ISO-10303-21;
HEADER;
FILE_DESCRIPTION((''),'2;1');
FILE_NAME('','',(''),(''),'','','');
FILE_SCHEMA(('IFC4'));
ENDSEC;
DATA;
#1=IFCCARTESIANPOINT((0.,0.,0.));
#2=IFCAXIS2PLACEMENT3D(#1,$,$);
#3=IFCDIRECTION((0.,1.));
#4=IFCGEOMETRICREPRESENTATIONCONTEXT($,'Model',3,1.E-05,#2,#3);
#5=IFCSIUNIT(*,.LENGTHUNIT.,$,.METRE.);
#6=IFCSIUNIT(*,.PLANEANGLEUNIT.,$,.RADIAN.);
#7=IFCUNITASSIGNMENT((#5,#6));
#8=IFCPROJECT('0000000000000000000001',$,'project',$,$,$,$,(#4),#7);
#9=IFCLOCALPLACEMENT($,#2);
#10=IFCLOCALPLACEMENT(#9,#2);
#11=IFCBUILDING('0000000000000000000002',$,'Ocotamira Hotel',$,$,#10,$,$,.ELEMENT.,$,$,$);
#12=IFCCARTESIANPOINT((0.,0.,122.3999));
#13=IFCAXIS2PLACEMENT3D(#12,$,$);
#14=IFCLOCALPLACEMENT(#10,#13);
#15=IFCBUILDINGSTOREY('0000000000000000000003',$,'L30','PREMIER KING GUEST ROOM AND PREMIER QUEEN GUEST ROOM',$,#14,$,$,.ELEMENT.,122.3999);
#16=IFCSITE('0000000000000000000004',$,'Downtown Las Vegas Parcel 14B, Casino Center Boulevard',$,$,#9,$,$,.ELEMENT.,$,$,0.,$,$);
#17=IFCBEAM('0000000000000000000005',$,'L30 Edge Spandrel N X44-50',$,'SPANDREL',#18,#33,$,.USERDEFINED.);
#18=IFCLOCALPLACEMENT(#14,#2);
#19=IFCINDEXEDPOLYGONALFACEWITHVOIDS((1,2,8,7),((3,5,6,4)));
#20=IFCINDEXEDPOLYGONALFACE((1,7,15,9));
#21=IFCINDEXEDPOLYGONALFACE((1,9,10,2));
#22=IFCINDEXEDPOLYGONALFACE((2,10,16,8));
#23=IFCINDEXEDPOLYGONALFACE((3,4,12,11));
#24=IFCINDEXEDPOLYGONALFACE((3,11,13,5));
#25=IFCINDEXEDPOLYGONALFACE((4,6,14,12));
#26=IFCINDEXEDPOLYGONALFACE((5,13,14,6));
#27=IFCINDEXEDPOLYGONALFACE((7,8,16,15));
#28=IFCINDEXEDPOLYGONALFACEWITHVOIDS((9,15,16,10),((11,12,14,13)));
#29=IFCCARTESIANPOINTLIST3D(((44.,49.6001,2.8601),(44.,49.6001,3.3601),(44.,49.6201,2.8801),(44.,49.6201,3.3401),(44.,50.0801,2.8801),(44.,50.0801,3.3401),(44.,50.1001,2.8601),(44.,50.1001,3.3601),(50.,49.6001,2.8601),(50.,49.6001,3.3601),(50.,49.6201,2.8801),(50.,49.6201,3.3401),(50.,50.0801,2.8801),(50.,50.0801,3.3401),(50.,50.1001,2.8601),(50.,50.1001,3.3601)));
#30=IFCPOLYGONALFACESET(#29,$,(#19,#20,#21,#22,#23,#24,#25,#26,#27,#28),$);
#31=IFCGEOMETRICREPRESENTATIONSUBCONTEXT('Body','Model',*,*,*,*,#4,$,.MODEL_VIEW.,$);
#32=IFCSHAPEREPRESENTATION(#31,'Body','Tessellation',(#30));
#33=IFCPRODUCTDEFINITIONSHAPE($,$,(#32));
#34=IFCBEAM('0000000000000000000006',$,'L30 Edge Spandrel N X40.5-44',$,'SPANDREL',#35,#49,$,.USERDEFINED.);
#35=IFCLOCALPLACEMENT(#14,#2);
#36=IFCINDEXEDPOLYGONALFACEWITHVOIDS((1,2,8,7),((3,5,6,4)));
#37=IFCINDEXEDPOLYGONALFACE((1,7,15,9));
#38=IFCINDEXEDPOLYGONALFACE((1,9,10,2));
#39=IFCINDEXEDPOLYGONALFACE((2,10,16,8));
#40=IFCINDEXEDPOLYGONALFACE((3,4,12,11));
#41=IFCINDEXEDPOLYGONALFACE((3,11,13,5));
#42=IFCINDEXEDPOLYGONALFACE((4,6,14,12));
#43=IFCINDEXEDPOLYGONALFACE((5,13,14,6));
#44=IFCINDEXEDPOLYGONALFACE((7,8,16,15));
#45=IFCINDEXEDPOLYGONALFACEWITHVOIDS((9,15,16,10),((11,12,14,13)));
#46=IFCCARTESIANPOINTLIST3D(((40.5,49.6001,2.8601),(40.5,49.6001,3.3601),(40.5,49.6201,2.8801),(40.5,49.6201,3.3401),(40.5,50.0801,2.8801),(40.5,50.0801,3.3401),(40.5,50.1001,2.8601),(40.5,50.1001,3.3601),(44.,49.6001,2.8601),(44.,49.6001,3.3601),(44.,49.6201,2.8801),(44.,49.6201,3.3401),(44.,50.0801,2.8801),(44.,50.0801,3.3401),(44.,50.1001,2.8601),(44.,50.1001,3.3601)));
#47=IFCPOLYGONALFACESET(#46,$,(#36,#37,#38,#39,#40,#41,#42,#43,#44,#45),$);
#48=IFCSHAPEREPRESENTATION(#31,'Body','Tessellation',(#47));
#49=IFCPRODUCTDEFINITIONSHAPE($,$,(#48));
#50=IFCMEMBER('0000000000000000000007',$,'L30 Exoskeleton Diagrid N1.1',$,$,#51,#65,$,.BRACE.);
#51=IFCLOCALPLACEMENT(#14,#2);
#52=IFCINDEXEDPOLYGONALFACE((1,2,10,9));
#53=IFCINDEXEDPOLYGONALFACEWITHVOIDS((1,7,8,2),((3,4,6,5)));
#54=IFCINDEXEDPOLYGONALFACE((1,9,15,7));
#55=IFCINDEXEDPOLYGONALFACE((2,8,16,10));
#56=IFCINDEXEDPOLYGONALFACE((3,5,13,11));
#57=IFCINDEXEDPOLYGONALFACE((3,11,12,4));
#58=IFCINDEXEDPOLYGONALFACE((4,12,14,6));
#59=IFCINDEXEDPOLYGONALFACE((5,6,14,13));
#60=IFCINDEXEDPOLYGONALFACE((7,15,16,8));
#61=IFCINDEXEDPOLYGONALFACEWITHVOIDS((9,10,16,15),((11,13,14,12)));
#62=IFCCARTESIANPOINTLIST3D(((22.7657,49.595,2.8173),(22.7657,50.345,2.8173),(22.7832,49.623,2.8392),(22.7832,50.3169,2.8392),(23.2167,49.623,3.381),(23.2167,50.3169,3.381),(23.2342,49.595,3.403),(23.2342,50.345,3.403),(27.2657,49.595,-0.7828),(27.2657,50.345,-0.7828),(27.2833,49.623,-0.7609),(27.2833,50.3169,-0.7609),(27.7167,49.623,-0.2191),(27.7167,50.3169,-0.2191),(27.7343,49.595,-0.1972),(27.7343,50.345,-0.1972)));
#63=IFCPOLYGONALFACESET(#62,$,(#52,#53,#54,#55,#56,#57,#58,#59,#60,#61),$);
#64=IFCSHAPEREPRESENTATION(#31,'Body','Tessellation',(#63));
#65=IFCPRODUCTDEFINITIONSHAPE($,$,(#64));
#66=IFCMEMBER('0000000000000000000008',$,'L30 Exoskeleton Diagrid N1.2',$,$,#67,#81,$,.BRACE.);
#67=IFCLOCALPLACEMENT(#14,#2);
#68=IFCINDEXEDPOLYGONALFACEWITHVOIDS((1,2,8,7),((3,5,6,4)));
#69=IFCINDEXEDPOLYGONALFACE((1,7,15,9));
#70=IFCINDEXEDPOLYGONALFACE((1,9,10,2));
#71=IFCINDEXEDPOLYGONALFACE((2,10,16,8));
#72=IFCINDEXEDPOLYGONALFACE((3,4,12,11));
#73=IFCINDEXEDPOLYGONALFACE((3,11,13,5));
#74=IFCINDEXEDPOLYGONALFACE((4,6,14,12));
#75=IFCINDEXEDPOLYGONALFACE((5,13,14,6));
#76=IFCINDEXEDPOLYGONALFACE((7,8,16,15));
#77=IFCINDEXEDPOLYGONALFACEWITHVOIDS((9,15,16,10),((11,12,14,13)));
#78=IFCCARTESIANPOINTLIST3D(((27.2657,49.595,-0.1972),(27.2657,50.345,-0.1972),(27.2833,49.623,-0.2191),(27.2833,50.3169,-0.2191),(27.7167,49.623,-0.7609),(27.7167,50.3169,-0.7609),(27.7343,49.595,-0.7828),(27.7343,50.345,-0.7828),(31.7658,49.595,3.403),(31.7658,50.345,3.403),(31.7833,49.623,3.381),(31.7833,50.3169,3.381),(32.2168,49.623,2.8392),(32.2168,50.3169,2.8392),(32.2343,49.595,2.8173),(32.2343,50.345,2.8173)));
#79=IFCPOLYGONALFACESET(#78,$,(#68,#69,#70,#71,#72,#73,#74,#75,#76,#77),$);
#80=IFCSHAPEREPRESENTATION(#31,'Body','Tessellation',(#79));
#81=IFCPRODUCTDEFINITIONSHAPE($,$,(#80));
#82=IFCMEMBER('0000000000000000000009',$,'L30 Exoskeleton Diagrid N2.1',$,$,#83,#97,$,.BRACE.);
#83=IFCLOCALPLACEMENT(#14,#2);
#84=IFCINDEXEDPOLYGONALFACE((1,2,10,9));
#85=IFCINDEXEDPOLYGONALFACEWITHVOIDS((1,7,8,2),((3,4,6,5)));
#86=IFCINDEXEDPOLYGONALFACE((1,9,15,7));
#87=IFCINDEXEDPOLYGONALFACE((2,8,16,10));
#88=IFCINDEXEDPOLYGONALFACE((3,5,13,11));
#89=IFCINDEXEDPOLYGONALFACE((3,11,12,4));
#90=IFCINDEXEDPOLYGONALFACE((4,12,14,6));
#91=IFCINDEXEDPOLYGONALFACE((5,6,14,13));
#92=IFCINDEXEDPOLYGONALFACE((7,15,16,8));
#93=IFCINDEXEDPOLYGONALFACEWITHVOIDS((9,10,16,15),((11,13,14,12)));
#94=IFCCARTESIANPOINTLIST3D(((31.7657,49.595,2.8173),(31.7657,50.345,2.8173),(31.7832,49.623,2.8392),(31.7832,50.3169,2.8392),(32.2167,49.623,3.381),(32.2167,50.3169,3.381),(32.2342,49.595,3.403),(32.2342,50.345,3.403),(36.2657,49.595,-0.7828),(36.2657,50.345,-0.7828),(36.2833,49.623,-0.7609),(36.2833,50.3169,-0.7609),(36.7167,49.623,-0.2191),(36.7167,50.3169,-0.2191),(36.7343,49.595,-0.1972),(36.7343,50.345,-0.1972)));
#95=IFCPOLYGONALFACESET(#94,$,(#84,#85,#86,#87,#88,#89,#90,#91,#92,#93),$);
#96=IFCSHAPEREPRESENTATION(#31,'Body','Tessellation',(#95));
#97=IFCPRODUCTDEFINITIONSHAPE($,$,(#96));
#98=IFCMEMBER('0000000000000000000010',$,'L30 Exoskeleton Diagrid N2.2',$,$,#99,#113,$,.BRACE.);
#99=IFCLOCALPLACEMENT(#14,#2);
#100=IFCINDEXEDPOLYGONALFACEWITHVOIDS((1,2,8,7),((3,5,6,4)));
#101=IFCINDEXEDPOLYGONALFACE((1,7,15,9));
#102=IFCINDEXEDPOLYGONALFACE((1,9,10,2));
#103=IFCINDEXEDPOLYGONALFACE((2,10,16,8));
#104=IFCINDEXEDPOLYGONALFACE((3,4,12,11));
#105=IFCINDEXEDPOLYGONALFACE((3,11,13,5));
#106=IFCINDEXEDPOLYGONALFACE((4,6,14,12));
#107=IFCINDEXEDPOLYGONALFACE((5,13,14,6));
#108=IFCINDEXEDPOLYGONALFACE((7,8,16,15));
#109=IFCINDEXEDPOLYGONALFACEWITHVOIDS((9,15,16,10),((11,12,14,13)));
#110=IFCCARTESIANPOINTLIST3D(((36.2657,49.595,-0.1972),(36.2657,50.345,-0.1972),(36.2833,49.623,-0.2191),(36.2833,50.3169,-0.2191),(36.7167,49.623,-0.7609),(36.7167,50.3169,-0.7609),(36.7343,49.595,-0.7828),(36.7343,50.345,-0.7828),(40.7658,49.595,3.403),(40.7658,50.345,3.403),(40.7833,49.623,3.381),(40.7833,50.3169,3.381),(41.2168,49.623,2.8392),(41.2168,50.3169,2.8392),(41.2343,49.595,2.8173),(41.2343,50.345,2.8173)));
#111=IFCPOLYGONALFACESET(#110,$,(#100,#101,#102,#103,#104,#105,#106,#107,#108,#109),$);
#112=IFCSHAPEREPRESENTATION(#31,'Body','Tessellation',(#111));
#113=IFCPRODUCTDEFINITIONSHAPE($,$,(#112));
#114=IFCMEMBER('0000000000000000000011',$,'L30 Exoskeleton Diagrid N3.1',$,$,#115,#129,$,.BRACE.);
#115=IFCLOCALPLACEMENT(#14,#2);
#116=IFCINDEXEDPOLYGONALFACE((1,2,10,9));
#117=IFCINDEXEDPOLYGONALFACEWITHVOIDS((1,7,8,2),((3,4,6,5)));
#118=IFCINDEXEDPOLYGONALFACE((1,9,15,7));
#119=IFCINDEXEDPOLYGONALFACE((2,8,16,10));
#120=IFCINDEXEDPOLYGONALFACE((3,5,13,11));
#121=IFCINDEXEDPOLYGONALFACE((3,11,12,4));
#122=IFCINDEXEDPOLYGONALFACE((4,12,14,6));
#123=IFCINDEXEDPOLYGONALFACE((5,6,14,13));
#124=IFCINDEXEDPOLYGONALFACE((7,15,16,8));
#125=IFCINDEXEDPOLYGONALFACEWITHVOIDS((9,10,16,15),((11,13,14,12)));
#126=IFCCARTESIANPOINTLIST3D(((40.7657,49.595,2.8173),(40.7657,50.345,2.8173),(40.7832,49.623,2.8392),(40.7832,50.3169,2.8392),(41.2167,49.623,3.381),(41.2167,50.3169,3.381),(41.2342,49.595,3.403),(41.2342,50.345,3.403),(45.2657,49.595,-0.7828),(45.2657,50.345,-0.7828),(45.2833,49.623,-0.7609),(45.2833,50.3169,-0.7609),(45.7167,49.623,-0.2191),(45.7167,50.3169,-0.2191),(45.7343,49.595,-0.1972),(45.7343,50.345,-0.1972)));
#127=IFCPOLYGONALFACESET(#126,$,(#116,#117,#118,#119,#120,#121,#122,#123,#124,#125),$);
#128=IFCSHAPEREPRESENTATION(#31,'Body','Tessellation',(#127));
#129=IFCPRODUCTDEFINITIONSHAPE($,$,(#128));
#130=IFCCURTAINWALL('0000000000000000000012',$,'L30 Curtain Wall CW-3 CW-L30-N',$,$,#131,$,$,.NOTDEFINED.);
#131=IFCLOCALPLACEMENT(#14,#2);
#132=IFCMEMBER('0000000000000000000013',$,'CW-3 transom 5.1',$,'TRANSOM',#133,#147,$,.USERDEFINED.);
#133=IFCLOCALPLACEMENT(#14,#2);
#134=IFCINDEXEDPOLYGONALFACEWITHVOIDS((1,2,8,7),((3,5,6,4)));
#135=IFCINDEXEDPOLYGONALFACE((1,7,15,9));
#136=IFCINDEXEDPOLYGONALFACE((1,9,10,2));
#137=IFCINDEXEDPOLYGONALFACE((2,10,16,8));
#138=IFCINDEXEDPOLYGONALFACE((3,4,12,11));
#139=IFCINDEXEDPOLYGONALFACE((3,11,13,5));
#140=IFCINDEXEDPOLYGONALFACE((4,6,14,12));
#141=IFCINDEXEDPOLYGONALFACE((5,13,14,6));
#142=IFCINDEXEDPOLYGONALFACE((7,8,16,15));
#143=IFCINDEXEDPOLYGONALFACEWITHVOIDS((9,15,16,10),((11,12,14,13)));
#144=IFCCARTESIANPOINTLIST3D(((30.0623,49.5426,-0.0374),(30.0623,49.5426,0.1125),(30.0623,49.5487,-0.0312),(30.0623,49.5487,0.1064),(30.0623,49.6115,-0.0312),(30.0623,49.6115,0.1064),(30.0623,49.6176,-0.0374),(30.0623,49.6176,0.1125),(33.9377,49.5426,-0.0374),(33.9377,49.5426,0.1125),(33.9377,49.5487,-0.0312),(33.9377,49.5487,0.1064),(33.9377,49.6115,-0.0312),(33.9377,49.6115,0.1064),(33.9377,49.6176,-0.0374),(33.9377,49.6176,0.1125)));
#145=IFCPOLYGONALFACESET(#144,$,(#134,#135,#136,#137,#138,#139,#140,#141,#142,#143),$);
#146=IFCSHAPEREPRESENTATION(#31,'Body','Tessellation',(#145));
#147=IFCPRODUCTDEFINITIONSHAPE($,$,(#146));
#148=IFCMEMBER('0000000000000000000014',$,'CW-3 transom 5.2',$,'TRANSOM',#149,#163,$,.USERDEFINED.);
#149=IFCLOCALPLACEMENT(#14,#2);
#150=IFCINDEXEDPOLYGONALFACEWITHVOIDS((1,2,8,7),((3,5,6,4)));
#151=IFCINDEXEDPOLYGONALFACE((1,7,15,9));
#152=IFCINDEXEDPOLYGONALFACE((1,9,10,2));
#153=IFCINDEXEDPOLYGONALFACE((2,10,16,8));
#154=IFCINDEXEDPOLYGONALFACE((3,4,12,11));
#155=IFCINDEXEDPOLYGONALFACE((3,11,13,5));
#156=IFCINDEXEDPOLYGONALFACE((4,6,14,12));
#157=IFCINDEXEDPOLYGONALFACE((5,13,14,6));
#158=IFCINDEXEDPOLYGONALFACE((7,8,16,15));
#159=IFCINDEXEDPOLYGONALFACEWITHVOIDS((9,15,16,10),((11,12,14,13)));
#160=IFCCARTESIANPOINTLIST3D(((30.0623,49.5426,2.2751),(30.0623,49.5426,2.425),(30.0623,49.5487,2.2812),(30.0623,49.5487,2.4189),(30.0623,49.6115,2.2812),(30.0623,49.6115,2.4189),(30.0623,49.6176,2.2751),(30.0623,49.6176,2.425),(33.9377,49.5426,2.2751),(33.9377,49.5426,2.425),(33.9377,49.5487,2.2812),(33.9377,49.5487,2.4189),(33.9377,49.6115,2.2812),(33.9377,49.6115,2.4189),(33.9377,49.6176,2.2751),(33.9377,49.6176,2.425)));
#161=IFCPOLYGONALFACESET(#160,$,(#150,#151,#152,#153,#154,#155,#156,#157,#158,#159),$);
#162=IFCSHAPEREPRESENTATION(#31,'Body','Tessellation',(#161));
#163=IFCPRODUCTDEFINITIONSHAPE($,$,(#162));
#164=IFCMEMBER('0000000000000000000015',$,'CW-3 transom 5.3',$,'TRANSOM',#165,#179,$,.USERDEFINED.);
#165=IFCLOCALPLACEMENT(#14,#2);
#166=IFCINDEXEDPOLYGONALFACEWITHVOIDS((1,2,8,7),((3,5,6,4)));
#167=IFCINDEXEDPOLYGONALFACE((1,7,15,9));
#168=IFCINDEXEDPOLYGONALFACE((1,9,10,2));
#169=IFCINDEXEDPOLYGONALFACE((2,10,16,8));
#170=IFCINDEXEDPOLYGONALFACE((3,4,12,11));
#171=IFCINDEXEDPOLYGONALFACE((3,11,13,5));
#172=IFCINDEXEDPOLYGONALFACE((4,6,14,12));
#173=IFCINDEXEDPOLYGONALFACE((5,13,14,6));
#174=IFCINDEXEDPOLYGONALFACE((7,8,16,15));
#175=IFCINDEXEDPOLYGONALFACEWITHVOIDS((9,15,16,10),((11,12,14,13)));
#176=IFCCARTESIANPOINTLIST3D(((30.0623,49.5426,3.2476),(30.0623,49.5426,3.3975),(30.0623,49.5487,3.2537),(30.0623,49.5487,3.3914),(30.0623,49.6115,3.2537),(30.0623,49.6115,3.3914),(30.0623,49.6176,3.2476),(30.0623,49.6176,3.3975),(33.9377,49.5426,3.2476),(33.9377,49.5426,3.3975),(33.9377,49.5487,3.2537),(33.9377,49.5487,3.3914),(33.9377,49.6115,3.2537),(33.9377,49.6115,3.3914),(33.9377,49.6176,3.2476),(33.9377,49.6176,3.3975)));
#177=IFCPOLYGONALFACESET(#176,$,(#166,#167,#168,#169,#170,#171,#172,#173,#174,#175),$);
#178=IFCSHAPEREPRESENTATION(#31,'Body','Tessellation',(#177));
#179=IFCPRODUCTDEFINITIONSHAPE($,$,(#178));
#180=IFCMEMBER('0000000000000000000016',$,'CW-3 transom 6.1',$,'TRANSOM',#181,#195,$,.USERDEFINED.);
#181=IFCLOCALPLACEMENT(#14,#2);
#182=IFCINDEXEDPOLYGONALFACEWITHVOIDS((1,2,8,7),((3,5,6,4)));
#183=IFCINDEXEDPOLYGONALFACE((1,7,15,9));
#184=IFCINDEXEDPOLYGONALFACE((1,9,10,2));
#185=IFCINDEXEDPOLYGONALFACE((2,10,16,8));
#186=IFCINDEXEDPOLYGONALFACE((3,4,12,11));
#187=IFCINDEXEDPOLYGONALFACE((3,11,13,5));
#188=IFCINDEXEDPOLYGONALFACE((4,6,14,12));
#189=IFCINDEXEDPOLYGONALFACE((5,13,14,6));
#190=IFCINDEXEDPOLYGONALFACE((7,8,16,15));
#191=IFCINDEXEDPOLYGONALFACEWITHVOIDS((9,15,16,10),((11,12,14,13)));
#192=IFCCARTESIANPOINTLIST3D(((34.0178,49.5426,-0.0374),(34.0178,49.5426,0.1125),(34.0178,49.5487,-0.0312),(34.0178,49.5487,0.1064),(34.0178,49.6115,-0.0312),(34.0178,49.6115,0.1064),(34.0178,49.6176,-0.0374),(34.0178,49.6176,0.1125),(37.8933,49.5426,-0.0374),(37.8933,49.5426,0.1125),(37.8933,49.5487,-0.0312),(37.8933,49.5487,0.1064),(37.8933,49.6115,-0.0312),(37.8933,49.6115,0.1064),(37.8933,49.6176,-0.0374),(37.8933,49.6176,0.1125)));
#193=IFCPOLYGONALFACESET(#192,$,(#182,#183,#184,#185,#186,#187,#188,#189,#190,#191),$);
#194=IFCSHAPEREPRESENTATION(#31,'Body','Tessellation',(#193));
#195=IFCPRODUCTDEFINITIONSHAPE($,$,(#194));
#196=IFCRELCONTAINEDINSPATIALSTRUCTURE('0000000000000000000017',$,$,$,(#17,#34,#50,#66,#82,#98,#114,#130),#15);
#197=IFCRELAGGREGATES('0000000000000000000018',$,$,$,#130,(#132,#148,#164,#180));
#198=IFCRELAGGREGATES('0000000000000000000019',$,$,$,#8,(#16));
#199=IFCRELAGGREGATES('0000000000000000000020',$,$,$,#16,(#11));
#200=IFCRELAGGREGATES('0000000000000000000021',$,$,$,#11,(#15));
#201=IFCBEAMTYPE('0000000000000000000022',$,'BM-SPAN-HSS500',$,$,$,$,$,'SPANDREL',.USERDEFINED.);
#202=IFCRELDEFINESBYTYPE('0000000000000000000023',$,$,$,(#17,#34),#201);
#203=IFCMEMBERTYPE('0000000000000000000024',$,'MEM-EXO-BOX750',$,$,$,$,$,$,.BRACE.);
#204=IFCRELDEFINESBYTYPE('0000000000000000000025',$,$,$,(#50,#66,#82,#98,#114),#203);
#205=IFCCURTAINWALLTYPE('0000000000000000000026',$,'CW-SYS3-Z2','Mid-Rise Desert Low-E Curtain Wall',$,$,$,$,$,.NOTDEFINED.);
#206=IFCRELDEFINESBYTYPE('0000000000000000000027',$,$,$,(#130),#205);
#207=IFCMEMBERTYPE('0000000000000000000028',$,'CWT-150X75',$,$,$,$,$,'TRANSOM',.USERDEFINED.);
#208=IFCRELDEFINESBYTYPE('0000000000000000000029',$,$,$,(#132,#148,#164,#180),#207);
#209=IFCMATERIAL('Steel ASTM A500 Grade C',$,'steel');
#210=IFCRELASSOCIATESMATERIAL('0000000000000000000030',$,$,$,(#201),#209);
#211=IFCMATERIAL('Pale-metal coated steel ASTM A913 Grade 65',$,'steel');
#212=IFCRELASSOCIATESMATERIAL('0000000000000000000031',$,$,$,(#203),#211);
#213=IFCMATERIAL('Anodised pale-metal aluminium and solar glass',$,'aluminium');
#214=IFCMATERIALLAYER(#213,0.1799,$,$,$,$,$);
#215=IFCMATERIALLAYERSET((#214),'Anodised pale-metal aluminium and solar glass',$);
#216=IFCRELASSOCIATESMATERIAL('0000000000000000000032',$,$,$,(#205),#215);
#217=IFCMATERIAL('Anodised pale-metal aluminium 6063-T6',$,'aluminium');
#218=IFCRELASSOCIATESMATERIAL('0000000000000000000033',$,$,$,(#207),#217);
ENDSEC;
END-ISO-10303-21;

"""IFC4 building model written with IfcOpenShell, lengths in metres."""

from ifc_helpers import new_model, si_unit, direction, frame, origin, origin_2d, place, context, subcontext, project, spatial, hollow_rectangle, extrude, source, transform, mapped, material, layer, layer_set, material_profile, profile_set, type_object, element, aggregate, save


model = new_model("IFC4")

# Units and contexts
model_context = context("Model", 3, precision=1e-05, world=origin(), true_north=direction((0.0, 1.0)))
body_context = subcontext(model_context, "Body", "Model", "MODEL_VIEW")
ifc_project = project(units=[si_unit("LENGTHUNIT", "METRE"), si_unit("PLANEANGLEUNIT", "RADIAN")], contexts=[model_context])

# Site, building, storey
site_placement = place(None, origin())
site = spatial("IfcSite", under=ifc_project, at=site_placement, Name="Downtown Las Vegas Parcel 14B, Casino Center Boulevard", CompositionType="ELEMENT", RefElevation=0.0)
building_placement = place(site_placement, origin())
building = spatial("IfcBuilding", under=site, at=building_placement, Name="Ocotamira Hotel", CompositionType="ELEMENT")
storey_placement = place(building_placement, frame((0.0, 0.0, 122.3999)))
storey = spatial("IfcBuildingStorey", under=building, at=storey_placement, Name="L30", Description="PREMIER KING GUEST ROOM AND PREMIER QUEEN GUEST ROOM", CompositionType="ELEMENT", Elevation=122.3999)

# Beams
ifc_material_1 = material(Name="Steel ASTM A500 Grade C", Category="steel")
ifc_material_profile_1 = material_profile(ifc_material_1, hollow_rectangle(XDim=0.5, YDim=0.5, WallThickness=0.02, at=origin_2d()), Name="HSS500X500X20")
ifc_profile_set_1 = profile_set([ifc_material_profile_1], Name="Steel ASTM A500 Grade C")
beam_type = type_object("IfcBeamType", Name="BM-SPAN-HSS500", ElementType="SPANDREL", PredefinedType="USERDEFINED", material=ifc_profile_set_1)
shared_shape_1 = source(origin(), body_context, "Body", "SweptSolid", [
    extrude(hollow_rectangle(XDim=0.5, YDim=0.5, WallThickness=0.02, at=origin_2d()), origin(), (0.0, 0.0, 1.0), 6.0),
])
beam_1_placement = place(storey_placement, frame((44.0, 49.8501, 3.1101), z_axis=(1.0, 0.0, 0.0), x_axis=(0.0, 1.0, 0.0)))
element("IfcBeam", 1, at=beam_1_placement, inside=storey, type_object=beam_type, Name="L30 Edge Spandrel N X44-50", ObjectType="SPANDREL", PredefinedType="USERDEFINED", context=body_context, shape_type="MappedRepresentation", body=[
    mapped(shared_shape_1, transform((0.0, 0.0, 0.0), scale=1.0)),
])
shared_shape_2 = source(origin(), body_context, "Body", "SweptSolid", [
    extrude(hollow_rectangle(XDim=0.5, YDim=0.5, WallThickness=0.02, at=origin_2d()), origin(), (0.0, 0.0, 1.0), 3.5),
])
beam_2_placement = place(storey_placement, frame((40.5, 49.8501, 3.1101), z_axis=(1.0, 0.0, 0.0), x_axis=(0.0, 1.0, 0.0)))
element("IfcBeam", 2, at=beam_2_placement, inside=storey, type_object=beam_type, Name="L30 Edge Spandrel N X40.5-44", ObjectType="SPANDREL", PredefinedType="USERDEFINED", context=body_context, shape_type="MappedRepresentation", body=[
    mapped(shared_shape_2, transform((0.0, 0.0, 0.0), scale=1.0)),
])

# Members
ifc_material_2 = material(Name="Pale-metal coated steel ASTM A913 Grade 65", Category="steel")
ifc_material_profile_2 = material_profile(ifc_material_2, hollow_rectangle(XDim=0.75, YDim=0.75, WallThickness=0.0281, at=origin_2d()), Name="BOX750X750X28")
ifc_profile_set_2 = profile_set([ifc_material_profile_2], Name="Pale-metal coated steel ASTM A913 Grade 65")
member_type_1 = type_object("IfcMemberType", Name="MEM-EXO-BOX750", PredefinedType="BRACE", material=ifc_profile_set_2)
shared_shape_3 = source(origin(), body_context, "Body", "SweptSolid", [
    extrude(hollow_rectangle(XDim=0.75, YDim=0.75, WallThickness=0.0281, at=origin_2d()), origin(), (0.0, 0.0, 1.0), 5.7629),
])
for number, where, z_axis, x_axis, name in (
    (3, (27.5, 49.97, -0.49), (-0.780861, 0.0, 0.624705), (0.0, -1.0, 0.0), "L30 Exoskeleton Diagrid N1.1"),
    (4, (27.5, 49.97, -0.49), (0.780861, 0.0, 0.624705), (0.0, 1.0, 0.0), "L30 Exoskeleton Diagrid N1.2"),
    (5, (36.5, 49.97, -0.49), (-0.780861, 0.0, 0.624705), (0.0, -1.0, 0.0), "L30 Exoskeleton Diagrid N2.1"),
    (6, (36.5, 49.97, -0.49), (0.780861, 0.0, 0.624705), (0.0, 1.0, 0.0), "L30 Exoskeleton Diagrid N2.2"),
    (7, (45.5, 49.97, -0.49), (-0.780861, 0.0, 0.624705), (0.0, -1.0, 0.0), "L30 Exoskeleton Diagrid N3.1"),
):
    element("IfcMember", number, at=place(storey_placement, frame(where, z_axis=z_axis, x_axis=x_axis)), inside=storey, type_object=member_type_1, Name=name, PredefinedType="BRACE", context=body_context, shape_type="MappedRepresentation", body=[
        mapped(shared_shape_3, transform((0.0, 0.0, 0.0), scale=1.0)),
    ])

# Curtain wall, members
ifc_material_3 = material(Name="Anodised pale-metal aluminium and solar glass", Category="aluminium")
ifc_layer_1 = layer(ifc_material_3, 0.1799)
ifc_layer_set_1 = layer_set([ifc_layer_1], Name="Anodised pale-metal aluminium and solar glass")
curtain_wall_type = type_object("IfcCurtainWallType", Name="CW-SYS3-Z2", Description="Mid-Rise Desert Low-E Curtain Wall", PredefinedType="NOTDEFINED", material=ifc_layer_set_1)
curtain_wall_placement = place(storey_placement, origin())
curtain_wall = element("IfcCurtainWall", 8, at=curtain_wall_placement, inside=storey, type_object=curtain_wall_type, Name="L30 Curtain Wall CW-3 CW-L30-N", PredefinedType="NOTDEFINED")
ifc_material_4 = material(Name="Anodised pale-metal aluminium 6063-T6", Category="aluminium")
ifc_material_profile_3 = material_profile(ifc_material_4, hollow_rectangle(XDim=0.075, YDim=0.1499, WallThickness=0.0061, at=origin_2d()), Name="HSS150X75X6")
ifc_profile_set_3 = profile_set([ifc_material_profile_3], Name="Anodised pale-metal aluminium 6063-T6")
member_type_2 = type_object("IfcMemberType", Name="CWT-150X75", ElementType="TRANSOM", PredefinedType="USERDEFINED", material=ifc_profile_set_3)
shared_shape_4 = source(origin(), body_context, "Body", "SweptSolid", [
    extrude(hollow_rectangle(XDim=0.075, YDim=0.1499, WallThickness=0.0061, at=origin_2d()), origin(), (0.0, 0.0, 1.0), 3.8755),
])
member_1_placement = place(storey_placement, frame((30.0623, 49.5801, 0.0376), z_axis=(1.0, 0.0, 0.0), x_axis=(0.0, 1.0, 0.0)))
member_1 = element("IfcMember", 9, at=member_1_placement, type_object=member_type_2, Name="CW-3 transom 5.1", ObjectType="TRANSOM", PredefinedType="USERDEFINED", context=body_context, shape_type="MappedRepresentation", body=[
    mapped(shared_shape_4, transform((0.0, 0.0, 0.0), scale=1.0)),
])
member_2_placement = place(storey_placement, frame((30.0623, 49.5801, 2.3501), z_axis=(1.0, 0.0, 0.0), x_axis=(0.0, 1.0, 0.0)))
member_2 = element("IfcMember", 10, at=member_2_placement, type_object=member_type_2, Name="CW-3 transom 5.2", ObjectType="TRANSOM", PredefinedType="USERDEFINED", context=body_context, shape_type="MappedRepresentation", body=[
    mapped(shared_shape_4, transform((0.0, 0.0, 0.0), scale=1.0)),
])
member_3_placement = place(storey_placement, frame((30.0623, 49.5801, 3.3225), z_axis=(1.0, 0.0, 0.0), x_axis=(0.0, 1.0, 0.0)))
member_3 = element("IfcMember", 11, at=member_3_placement, type_object=member_type_2, Name="CW-3 transom 5.3", ObjectType="TRANSOM", PredefinedType="USERDEFINED", context=body_context, shape_type="MappedRepresentation", body=[
    mapped(shared_shape_4, transform((0.0, 0.0, 0.0), scale=1.0)),
])
member_4_placement = place(storey_placement, frame((34.0178, 49.5801, 0.0376), z_axis=(1.0, 0.0, 0.0), x_axis=(0.0, 1.0, 0.0)))
member_4 = element("IfcMember", 12, at=member_4_placement, type_object=member_type_2, Name="CW-3 transom 6.1", ObjectType="TRANSOM", PredefinedType="USERDEFINED", context=body_context, shape_type="MappedRepresentation", body=[
    mapped(shared_shape_4, transform((0.0, 0.0, 0.0), scale=1.0)),
])

aggregate(curtain_wall, [member_1, member_2, member_3, member_4])

save(model, "model.ifc")
